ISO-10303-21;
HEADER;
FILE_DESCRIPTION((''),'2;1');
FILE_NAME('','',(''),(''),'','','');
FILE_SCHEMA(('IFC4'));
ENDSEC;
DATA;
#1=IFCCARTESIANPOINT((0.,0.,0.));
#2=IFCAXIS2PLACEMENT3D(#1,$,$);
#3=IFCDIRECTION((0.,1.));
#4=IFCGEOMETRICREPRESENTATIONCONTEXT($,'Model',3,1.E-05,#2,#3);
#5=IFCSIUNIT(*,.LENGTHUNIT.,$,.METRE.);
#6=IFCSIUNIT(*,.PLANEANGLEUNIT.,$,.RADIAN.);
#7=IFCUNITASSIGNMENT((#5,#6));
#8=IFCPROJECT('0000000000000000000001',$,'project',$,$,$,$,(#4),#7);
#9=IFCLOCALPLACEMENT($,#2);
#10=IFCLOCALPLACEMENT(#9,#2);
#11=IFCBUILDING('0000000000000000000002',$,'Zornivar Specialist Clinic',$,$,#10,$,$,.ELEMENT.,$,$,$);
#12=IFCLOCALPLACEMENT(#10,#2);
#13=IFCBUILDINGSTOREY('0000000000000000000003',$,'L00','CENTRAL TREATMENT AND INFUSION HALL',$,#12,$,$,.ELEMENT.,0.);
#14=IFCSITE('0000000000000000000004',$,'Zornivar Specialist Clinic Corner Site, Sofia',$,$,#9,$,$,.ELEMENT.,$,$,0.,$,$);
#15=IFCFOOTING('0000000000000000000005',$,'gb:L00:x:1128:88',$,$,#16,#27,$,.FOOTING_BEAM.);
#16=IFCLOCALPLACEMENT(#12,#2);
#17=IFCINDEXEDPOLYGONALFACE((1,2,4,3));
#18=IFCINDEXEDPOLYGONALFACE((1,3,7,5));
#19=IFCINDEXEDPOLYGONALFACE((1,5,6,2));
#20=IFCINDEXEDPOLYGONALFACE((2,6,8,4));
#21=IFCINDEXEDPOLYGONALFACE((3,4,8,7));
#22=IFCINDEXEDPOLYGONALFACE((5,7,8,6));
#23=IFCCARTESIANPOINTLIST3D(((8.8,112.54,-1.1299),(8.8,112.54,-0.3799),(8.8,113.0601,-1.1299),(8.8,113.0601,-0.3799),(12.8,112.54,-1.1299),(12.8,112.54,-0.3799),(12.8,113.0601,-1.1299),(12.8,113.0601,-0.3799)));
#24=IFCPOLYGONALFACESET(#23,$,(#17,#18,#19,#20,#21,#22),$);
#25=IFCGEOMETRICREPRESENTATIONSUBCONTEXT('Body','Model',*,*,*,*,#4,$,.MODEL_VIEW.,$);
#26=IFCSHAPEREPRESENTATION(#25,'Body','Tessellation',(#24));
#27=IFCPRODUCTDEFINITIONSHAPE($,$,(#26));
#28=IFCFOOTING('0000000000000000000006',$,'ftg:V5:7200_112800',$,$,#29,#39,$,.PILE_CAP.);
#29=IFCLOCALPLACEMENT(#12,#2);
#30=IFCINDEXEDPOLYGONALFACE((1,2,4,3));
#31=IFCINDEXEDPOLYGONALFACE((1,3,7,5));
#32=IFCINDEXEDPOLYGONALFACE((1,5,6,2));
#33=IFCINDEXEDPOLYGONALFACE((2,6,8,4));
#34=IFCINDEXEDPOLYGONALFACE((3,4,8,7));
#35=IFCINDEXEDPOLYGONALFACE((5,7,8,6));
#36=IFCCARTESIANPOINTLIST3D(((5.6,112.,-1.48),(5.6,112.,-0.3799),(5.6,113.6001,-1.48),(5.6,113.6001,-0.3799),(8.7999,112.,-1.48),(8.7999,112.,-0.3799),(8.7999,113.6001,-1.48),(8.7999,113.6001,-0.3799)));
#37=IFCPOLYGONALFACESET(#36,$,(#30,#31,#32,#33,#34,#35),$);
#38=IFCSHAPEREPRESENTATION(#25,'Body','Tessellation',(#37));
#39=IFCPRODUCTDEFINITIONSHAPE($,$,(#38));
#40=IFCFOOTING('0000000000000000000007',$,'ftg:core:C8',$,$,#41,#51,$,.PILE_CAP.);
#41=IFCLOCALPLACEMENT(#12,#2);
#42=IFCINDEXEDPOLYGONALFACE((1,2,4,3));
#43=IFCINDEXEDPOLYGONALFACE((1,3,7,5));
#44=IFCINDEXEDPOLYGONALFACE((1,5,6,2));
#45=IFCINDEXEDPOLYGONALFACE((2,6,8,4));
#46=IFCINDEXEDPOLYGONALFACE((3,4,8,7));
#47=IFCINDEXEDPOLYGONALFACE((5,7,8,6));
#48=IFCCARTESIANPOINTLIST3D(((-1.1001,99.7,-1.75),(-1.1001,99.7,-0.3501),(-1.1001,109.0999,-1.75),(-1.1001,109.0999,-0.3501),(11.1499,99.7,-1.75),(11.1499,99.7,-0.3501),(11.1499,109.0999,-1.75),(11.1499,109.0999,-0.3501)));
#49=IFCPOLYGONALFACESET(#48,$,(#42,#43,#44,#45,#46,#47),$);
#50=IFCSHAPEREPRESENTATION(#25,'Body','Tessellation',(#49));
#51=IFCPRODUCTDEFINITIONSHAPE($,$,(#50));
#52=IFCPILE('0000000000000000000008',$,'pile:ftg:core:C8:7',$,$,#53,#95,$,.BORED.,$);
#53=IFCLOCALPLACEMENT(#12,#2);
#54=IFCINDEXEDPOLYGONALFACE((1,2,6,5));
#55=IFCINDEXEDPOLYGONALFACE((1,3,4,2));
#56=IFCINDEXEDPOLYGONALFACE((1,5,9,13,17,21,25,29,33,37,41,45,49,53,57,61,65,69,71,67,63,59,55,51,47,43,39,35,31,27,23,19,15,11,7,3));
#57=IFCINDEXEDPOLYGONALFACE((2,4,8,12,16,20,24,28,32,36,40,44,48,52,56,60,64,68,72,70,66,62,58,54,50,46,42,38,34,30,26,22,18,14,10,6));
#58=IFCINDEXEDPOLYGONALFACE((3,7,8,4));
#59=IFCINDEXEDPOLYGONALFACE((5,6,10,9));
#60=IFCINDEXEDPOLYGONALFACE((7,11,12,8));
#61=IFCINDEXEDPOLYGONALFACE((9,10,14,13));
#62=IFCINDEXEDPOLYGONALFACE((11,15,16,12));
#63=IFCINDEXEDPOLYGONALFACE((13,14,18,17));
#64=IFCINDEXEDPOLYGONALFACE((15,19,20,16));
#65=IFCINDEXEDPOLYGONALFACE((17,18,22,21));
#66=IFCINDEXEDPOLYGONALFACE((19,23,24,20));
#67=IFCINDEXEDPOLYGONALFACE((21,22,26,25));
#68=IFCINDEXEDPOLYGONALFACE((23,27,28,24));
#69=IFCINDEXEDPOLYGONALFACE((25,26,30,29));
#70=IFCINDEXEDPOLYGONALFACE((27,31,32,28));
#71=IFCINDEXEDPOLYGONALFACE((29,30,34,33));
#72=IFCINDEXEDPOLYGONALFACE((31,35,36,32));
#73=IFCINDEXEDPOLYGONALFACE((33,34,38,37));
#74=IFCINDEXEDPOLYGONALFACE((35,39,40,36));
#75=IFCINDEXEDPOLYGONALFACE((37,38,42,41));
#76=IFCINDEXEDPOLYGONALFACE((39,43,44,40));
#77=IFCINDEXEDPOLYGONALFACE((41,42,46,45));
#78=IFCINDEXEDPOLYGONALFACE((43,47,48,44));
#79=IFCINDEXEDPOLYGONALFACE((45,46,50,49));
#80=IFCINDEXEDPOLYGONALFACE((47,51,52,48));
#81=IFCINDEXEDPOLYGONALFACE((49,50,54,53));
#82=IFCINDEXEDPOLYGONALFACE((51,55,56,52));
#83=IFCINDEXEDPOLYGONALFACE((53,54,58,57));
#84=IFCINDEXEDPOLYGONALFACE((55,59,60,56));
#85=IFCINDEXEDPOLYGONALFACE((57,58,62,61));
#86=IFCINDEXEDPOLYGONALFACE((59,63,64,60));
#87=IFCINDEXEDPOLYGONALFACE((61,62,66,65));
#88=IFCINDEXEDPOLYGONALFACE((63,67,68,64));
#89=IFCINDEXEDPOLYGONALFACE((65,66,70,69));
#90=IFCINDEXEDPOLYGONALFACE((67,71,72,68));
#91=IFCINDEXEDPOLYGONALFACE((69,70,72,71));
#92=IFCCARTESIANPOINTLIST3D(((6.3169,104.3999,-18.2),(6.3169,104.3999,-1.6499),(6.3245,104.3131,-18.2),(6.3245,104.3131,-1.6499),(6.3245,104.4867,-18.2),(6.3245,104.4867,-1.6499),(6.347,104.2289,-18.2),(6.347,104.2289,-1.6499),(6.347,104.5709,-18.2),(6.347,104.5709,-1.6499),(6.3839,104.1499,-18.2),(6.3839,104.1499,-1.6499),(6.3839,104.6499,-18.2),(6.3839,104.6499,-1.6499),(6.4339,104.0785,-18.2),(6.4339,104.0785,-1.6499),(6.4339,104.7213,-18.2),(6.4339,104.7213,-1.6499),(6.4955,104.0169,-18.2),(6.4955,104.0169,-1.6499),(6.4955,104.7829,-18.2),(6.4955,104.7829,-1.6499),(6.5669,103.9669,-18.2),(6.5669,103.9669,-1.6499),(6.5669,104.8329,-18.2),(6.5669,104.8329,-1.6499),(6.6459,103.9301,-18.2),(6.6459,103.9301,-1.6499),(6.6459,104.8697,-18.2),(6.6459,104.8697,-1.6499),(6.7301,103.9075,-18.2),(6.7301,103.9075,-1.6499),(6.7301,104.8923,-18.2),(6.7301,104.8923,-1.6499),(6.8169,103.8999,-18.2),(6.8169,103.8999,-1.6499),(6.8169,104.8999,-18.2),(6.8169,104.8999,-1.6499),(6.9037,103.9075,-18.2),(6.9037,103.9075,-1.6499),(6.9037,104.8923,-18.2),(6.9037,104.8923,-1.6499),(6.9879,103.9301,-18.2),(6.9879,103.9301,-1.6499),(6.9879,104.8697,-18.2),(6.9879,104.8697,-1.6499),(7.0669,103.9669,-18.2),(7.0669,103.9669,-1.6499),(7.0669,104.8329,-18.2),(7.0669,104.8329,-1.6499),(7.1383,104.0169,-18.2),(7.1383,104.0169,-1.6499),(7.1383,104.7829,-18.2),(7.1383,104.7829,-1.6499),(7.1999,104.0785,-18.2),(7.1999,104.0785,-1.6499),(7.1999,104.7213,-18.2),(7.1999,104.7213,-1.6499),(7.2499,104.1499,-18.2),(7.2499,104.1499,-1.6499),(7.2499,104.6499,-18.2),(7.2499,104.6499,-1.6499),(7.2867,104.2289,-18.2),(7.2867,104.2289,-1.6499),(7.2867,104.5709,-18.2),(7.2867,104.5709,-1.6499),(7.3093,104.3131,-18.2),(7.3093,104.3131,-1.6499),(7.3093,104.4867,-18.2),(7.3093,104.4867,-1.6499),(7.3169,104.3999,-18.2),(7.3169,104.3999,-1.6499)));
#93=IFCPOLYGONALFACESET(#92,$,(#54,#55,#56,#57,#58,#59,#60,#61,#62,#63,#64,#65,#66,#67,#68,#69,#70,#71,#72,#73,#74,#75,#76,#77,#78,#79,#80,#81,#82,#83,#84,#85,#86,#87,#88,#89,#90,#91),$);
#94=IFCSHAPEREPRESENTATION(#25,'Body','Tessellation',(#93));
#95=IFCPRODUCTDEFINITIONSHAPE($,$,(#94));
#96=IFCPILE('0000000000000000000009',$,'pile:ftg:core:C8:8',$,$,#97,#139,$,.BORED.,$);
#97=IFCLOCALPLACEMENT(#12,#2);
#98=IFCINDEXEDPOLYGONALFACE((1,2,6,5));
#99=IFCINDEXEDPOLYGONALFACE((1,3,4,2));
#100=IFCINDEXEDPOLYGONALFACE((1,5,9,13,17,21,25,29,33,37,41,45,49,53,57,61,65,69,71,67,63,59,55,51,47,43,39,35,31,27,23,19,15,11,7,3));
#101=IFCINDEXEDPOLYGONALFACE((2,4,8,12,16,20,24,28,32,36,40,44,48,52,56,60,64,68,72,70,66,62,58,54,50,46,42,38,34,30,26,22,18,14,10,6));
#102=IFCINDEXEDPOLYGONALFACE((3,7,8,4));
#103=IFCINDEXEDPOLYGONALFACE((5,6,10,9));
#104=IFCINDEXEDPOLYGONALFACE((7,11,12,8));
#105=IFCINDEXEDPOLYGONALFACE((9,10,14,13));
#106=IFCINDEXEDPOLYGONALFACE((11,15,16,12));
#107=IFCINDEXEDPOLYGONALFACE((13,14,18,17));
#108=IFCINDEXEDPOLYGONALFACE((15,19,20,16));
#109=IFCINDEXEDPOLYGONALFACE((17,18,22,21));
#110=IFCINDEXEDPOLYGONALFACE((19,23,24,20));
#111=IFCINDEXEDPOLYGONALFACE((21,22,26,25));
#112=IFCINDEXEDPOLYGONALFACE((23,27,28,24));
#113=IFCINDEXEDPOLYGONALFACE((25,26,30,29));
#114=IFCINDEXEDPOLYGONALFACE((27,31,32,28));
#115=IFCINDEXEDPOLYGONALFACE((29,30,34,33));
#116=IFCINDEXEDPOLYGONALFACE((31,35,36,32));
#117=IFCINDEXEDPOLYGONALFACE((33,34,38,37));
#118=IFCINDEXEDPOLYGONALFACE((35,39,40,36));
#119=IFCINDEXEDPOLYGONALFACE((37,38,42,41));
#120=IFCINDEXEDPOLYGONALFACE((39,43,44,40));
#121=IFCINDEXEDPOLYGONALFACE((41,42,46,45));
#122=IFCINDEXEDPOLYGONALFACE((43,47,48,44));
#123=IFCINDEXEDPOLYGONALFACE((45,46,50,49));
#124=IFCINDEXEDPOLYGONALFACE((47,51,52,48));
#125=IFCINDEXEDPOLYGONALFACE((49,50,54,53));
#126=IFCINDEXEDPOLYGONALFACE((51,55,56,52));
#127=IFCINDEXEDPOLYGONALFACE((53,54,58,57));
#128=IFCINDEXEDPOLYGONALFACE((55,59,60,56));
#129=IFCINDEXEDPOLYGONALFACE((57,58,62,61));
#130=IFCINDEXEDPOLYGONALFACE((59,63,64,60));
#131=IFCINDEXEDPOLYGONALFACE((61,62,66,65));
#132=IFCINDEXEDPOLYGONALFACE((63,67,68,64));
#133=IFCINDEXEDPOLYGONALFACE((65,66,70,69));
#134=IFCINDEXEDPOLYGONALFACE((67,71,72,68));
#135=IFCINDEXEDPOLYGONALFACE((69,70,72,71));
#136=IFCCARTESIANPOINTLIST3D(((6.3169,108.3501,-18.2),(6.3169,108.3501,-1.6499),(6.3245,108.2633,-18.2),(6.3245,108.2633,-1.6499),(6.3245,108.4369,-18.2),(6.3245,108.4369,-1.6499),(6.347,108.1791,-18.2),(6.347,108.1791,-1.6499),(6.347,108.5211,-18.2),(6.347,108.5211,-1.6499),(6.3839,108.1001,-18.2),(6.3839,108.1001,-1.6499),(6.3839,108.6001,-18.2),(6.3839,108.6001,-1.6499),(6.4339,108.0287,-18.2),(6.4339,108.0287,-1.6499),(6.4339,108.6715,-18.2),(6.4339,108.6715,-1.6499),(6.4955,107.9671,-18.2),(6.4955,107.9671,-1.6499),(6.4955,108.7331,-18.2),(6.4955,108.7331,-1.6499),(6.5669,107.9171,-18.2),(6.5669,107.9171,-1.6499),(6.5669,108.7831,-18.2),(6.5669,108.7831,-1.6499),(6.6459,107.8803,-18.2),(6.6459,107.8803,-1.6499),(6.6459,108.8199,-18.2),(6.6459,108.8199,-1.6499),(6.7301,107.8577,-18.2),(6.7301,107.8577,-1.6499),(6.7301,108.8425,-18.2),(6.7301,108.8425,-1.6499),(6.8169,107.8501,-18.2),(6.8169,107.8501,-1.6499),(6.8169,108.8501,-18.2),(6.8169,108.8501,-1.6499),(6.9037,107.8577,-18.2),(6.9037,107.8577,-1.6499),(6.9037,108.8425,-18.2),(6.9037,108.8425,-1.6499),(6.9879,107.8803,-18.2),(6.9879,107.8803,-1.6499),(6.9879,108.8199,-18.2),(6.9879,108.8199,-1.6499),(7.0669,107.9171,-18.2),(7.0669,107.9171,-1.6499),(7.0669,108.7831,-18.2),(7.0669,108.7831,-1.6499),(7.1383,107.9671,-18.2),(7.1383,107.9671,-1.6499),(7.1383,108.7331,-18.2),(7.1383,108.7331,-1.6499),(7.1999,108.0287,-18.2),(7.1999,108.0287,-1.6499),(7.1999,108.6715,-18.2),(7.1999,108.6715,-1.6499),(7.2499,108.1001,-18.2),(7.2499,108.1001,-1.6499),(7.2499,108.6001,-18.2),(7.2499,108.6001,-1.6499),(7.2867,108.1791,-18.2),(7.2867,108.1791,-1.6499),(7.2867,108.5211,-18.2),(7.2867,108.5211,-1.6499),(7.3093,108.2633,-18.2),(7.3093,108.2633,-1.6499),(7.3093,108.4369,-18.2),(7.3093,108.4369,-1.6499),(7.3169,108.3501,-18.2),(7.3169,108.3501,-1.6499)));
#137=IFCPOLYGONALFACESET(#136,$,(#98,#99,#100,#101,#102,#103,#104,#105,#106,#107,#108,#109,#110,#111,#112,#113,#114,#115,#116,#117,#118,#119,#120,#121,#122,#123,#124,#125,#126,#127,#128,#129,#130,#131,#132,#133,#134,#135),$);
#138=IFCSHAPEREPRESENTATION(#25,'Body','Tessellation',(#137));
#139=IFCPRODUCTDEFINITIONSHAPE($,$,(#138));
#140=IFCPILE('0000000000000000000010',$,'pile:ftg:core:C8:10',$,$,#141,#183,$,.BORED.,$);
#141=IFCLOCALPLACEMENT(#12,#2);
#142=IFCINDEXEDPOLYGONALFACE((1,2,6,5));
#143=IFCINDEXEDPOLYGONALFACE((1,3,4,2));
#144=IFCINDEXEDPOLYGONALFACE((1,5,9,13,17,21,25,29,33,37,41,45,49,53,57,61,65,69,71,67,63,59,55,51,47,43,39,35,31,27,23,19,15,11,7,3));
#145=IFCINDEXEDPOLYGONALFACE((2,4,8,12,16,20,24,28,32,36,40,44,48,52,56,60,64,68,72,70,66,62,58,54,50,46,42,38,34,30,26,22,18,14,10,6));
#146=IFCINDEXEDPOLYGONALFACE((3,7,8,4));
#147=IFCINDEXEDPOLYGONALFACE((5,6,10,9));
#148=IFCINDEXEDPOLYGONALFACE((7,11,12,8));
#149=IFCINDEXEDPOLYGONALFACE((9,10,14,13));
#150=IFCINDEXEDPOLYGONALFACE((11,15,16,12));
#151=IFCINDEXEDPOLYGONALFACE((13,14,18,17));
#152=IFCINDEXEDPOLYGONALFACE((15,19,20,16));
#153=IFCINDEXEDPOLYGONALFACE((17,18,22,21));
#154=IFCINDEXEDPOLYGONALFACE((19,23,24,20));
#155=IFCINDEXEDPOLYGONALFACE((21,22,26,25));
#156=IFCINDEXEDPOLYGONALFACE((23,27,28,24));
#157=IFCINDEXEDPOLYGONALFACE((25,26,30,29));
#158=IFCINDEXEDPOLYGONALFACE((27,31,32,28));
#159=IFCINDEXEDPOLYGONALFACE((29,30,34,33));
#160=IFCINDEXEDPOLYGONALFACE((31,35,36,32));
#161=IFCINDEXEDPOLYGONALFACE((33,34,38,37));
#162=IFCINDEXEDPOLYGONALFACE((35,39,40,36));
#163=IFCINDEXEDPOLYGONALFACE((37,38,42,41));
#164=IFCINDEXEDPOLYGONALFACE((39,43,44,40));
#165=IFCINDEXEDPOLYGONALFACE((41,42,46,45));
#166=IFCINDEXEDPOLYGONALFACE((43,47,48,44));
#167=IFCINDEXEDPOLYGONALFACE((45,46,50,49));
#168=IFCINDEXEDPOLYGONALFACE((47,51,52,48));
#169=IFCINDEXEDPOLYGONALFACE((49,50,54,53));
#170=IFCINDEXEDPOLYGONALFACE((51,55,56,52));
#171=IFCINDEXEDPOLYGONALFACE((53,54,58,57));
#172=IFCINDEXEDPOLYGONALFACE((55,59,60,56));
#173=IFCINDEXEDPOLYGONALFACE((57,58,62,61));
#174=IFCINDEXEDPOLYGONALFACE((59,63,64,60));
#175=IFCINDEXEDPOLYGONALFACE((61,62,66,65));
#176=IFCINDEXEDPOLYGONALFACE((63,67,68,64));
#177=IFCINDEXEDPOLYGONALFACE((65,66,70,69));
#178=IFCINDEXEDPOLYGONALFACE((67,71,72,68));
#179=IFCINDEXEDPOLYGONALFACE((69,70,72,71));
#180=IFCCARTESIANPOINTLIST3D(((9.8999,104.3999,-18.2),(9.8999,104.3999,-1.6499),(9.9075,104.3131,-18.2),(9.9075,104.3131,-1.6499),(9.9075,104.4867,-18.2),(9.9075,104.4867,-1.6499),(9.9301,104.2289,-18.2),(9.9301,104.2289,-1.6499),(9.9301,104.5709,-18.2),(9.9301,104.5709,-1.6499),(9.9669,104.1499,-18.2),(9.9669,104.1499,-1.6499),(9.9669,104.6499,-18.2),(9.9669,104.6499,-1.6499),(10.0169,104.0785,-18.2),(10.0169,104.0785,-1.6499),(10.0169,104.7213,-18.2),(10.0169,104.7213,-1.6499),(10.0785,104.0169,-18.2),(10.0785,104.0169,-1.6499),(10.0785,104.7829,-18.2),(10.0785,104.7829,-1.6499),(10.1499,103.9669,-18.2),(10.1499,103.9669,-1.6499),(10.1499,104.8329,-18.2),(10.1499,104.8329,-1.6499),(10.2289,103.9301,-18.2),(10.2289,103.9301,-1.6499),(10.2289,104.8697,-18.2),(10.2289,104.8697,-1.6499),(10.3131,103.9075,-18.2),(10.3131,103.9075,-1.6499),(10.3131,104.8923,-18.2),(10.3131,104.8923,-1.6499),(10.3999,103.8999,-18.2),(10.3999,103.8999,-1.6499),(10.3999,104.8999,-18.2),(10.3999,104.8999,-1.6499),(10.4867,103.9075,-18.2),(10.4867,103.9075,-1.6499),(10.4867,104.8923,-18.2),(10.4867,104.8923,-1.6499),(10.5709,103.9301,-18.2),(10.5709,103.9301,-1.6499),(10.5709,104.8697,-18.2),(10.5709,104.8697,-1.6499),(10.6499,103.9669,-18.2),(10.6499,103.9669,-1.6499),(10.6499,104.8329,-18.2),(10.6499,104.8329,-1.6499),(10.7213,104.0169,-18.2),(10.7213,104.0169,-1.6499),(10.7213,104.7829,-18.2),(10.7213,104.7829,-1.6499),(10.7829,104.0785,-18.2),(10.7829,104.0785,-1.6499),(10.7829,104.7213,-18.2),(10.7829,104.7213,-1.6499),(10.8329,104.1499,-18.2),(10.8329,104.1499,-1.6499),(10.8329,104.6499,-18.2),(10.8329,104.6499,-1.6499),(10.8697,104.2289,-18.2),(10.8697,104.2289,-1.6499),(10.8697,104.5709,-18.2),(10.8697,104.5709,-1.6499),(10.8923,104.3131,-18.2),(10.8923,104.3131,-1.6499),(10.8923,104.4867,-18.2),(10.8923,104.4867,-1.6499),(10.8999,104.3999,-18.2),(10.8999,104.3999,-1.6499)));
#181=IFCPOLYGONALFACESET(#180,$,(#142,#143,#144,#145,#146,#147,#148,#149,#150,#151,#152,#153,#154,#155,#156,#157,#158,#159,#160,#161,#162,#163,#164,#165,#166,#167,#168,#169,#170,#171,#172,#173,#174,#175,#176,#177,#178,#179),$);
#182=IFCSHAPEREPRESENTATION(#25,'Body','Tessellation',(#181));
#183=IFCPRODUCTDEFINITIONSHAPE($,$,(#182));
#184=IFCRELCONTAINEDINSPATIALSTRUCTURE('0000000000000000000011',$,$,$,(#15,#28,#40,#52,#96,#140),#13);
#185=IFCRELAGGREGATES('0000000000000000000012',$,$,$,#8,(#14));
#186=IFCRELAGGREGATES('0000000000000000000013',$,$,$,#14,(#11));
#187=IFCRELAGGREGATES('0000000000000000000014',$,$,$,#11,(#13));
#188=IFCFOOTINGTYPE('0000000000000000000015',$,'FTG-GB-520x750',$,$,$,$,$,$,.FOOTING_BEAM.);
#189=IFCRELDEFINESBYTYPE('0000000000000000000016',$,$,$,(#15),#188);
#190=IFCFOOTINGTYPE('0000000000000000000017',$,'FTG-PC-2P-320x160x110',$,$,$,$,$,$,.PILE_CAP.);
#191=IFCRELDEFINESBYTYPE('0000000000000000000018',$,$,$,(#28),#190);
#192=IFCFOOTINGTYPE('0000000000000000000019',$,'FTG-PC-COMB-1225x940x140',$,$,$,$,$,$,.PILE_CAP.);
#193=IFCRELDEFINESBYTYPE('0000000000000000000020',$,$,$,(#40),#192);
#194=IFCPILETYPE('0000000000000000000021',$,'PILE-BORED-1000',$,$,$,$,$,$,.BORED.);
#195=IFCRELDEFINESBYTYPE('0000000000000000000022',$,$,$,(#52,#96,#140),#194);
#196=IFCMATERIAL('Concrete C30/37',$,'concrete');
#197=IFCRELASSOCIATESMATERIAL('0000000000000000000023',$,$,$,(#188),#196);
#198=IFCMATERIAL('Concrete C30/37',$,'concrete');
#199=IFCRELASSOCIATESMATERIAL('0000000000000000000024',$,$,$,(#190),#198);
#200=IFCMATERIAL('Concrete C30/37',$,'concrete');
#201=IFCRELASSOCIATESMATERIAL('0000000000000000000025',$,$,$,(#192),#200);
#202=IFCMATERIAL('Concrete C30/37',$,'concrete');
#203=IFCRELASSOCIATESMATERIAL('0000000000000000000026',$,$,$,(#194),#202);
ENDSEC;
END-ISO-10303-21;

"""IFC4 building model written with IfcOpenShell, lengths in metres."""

from ifc_helpers import new_model, si_unit, direction, frame, origin, origin_2d, place, context, subcontext, project, spatial, rectangle, circle, extrude, material, material_profile, profile_set, type_object, element, save


model = new_model("IFC4")

# Units and contexts
model_context = context("Model", 3, precision=1e-05, world=origin(), true_north=direction((0.0, 1.0)))
body_context = subcontext(model_context, "Body", "Model", "MODEL_VIEW")
ifc_project = project(units=[si_unit("LENGTHUNIT", "METRE"), si_unit("PLANEANGLEUNIT", "RADIAN")], contexts=[model_context])

# Site, building, storey
site_placement = place(None, origin())
site = spatial("IfcSite", under=ifc_project, at=site_placement, Name="Zornivar Specialist Clinic Corner Site, Sofia", CompositionType="ELEMENT", RefElevation=0.0)
building_placement = place(site_placement, origin())
building = spatial("IfcBuilding", under=site, at=building_placement, Name="Zornivar Specialist Clinic", CompositionType="ELEMENT")
storey_placement = place(building_placement, origin())
storey = spatial("IfcBuildingStorey", under=building, at=storey_placement, Name="L00", Description="CENTRAL TREATMENT AND INFUSION HALL", CompositionType="ELEMENT", Elevation=0.0)

# Footings
ifc_material_1 = material(Name="Concrete C30/37", Category="concrete")
ifc_material_profile_1 = material_profile(ifc_material_1, rectangle(XDim=0.52, YDim=0.75, at=origin_2d()), Name="RC 520x750")
ifc_profile_set_1 = profile_set([ifc_material_profile_1], Name="Concrete C30/37")
footing_type_1 = type_object("IfcFootingType", Name="FTG-GB-520x750", PredefinedType="FOOTING_BEAM", material=ifc_profile_set_1)
footing_1_placement = place(storey_placement, frame((8.8, 112.8, -0.7549), z_axis=(1.0, 0.0, 0.0), x_axis=(0.0, 1.0, 0.0)))
element("IfcFooting", 1, at=footing_1_placement, inside=storey, type_object=footing_type_1, Name="gb:L00:x:1128:88", PredefinedType="FOOTING_BEAM", context=body_context, shape_type="SweptSolid", body=[
    extrude(rectangle(XDim=0.52, YDim=0.75, at=origin_2d()), origin(), (0.0, 0.0, 1.0), 4.0),
])
ifc_material_2 = material(Name="Concrete C30/37", Category="concrete")
footing_type_2 = type_object("IfcFootingType", Name="FTG-PC-2P-320x160x110", PredefinedType="PILE_CAP", material=ifc_material_2)
footing_2_placement = place(storey_placement, frame((7.2, 112.8, -1.48), z_axis=(0.0, 0.0, 1.0), x_axis=(1.0, 0.0, 0.0)))
element("IfcFooting", 2, at=footing_2_placement, inside=storey, type_object=footing_type_2, Name="ftg:V5:7200_112800", PredefinedType="PILE_CAP", context=body_context, shape_type="SweptSolid", body=[
    extrude(rectangle(XDim=3.2, YDim=1.6001, at=origin_2d()), origin(), (0.0, 0.0, 1.0), 1.1001),
])
ifc_material_3 = material(Name="Concrete C30/37", Category="concrete")
footing_type_3 = type_object("IfcFootingType", Name="FTG-PC-COMB-1225x940x140", PredefinedType="PILE_CAP", material=ifc_material_3)
footing_3_placement = place(storey_placement, frame((5.0249, 104.3999, -1.75), z_axis=(0.0, 0.0, 1.0), x_axis=(1.0, 0.0, 0.0)))
element("IfcFooting", 3, at=footing_3_placement, inside=storey, type_object=footing_type_3, Name="ftg:core:C8", PredefinedType="PILE_CAP", context=body_context, shape_type="SweptSolid", body=[
    extrude(rectangle(XDim=12.25, YDim=9.3999, at=origin_2d()), origin(), (0.0, 0.0, 1.0), 1.3999),
])

# Piles
ifc_material_4 = material(Name="Concrete C30/37", Category="concrete")
ifc_material_profile_2 = material_profile(ifc_material_4, circle(Radius=0.5, at=origin_2d()), Name="PILE D1000")
ifc_profile_set_2 = profile_set([ifc_material_profile_2], Name="Concrete C30/37")
pile_type_1 = type_object("IfcPileType", Name="PILE-BORED-1000", PredefinedType="BORED", material=ifc_profile_set_2)
for number, where, z_axis, x_axis, name in (
    (4, (6.8169, 104.3999, -1.6499), (0.0, 0.0, -1.0), (1.0, 0.0, 0.0), "pile:ftg:core:C8:7"),
    (5, (6.8169, 108.3501, -1.6499), (0.0, 0.0, -1.0), (1.0, 0.0, 0.0), "pile:ftg:core:C8:8"),
    (6, (10.3999, 104.3999, -1.6499), (0.0, 0.0, -1.0), (1.0, 0.0, 0.0), "pile:ftg:core:C8:10"),
):
    element("IfcPile", number, at=place(storey_placement, frame(where, z_axis=z_axis, x_axis=x_axis)), inside=storey, type_object=pile_type_1, Name=name, PredefinedType="BORED", context=body_context, shape_type="SweptSolid", body=[
        extrude(circle(Radius=0.5, at=origin_2d()), origin(), (0.0, 0.0, 1.0), 16.55),
    ])

save(model, "model.ifc")
